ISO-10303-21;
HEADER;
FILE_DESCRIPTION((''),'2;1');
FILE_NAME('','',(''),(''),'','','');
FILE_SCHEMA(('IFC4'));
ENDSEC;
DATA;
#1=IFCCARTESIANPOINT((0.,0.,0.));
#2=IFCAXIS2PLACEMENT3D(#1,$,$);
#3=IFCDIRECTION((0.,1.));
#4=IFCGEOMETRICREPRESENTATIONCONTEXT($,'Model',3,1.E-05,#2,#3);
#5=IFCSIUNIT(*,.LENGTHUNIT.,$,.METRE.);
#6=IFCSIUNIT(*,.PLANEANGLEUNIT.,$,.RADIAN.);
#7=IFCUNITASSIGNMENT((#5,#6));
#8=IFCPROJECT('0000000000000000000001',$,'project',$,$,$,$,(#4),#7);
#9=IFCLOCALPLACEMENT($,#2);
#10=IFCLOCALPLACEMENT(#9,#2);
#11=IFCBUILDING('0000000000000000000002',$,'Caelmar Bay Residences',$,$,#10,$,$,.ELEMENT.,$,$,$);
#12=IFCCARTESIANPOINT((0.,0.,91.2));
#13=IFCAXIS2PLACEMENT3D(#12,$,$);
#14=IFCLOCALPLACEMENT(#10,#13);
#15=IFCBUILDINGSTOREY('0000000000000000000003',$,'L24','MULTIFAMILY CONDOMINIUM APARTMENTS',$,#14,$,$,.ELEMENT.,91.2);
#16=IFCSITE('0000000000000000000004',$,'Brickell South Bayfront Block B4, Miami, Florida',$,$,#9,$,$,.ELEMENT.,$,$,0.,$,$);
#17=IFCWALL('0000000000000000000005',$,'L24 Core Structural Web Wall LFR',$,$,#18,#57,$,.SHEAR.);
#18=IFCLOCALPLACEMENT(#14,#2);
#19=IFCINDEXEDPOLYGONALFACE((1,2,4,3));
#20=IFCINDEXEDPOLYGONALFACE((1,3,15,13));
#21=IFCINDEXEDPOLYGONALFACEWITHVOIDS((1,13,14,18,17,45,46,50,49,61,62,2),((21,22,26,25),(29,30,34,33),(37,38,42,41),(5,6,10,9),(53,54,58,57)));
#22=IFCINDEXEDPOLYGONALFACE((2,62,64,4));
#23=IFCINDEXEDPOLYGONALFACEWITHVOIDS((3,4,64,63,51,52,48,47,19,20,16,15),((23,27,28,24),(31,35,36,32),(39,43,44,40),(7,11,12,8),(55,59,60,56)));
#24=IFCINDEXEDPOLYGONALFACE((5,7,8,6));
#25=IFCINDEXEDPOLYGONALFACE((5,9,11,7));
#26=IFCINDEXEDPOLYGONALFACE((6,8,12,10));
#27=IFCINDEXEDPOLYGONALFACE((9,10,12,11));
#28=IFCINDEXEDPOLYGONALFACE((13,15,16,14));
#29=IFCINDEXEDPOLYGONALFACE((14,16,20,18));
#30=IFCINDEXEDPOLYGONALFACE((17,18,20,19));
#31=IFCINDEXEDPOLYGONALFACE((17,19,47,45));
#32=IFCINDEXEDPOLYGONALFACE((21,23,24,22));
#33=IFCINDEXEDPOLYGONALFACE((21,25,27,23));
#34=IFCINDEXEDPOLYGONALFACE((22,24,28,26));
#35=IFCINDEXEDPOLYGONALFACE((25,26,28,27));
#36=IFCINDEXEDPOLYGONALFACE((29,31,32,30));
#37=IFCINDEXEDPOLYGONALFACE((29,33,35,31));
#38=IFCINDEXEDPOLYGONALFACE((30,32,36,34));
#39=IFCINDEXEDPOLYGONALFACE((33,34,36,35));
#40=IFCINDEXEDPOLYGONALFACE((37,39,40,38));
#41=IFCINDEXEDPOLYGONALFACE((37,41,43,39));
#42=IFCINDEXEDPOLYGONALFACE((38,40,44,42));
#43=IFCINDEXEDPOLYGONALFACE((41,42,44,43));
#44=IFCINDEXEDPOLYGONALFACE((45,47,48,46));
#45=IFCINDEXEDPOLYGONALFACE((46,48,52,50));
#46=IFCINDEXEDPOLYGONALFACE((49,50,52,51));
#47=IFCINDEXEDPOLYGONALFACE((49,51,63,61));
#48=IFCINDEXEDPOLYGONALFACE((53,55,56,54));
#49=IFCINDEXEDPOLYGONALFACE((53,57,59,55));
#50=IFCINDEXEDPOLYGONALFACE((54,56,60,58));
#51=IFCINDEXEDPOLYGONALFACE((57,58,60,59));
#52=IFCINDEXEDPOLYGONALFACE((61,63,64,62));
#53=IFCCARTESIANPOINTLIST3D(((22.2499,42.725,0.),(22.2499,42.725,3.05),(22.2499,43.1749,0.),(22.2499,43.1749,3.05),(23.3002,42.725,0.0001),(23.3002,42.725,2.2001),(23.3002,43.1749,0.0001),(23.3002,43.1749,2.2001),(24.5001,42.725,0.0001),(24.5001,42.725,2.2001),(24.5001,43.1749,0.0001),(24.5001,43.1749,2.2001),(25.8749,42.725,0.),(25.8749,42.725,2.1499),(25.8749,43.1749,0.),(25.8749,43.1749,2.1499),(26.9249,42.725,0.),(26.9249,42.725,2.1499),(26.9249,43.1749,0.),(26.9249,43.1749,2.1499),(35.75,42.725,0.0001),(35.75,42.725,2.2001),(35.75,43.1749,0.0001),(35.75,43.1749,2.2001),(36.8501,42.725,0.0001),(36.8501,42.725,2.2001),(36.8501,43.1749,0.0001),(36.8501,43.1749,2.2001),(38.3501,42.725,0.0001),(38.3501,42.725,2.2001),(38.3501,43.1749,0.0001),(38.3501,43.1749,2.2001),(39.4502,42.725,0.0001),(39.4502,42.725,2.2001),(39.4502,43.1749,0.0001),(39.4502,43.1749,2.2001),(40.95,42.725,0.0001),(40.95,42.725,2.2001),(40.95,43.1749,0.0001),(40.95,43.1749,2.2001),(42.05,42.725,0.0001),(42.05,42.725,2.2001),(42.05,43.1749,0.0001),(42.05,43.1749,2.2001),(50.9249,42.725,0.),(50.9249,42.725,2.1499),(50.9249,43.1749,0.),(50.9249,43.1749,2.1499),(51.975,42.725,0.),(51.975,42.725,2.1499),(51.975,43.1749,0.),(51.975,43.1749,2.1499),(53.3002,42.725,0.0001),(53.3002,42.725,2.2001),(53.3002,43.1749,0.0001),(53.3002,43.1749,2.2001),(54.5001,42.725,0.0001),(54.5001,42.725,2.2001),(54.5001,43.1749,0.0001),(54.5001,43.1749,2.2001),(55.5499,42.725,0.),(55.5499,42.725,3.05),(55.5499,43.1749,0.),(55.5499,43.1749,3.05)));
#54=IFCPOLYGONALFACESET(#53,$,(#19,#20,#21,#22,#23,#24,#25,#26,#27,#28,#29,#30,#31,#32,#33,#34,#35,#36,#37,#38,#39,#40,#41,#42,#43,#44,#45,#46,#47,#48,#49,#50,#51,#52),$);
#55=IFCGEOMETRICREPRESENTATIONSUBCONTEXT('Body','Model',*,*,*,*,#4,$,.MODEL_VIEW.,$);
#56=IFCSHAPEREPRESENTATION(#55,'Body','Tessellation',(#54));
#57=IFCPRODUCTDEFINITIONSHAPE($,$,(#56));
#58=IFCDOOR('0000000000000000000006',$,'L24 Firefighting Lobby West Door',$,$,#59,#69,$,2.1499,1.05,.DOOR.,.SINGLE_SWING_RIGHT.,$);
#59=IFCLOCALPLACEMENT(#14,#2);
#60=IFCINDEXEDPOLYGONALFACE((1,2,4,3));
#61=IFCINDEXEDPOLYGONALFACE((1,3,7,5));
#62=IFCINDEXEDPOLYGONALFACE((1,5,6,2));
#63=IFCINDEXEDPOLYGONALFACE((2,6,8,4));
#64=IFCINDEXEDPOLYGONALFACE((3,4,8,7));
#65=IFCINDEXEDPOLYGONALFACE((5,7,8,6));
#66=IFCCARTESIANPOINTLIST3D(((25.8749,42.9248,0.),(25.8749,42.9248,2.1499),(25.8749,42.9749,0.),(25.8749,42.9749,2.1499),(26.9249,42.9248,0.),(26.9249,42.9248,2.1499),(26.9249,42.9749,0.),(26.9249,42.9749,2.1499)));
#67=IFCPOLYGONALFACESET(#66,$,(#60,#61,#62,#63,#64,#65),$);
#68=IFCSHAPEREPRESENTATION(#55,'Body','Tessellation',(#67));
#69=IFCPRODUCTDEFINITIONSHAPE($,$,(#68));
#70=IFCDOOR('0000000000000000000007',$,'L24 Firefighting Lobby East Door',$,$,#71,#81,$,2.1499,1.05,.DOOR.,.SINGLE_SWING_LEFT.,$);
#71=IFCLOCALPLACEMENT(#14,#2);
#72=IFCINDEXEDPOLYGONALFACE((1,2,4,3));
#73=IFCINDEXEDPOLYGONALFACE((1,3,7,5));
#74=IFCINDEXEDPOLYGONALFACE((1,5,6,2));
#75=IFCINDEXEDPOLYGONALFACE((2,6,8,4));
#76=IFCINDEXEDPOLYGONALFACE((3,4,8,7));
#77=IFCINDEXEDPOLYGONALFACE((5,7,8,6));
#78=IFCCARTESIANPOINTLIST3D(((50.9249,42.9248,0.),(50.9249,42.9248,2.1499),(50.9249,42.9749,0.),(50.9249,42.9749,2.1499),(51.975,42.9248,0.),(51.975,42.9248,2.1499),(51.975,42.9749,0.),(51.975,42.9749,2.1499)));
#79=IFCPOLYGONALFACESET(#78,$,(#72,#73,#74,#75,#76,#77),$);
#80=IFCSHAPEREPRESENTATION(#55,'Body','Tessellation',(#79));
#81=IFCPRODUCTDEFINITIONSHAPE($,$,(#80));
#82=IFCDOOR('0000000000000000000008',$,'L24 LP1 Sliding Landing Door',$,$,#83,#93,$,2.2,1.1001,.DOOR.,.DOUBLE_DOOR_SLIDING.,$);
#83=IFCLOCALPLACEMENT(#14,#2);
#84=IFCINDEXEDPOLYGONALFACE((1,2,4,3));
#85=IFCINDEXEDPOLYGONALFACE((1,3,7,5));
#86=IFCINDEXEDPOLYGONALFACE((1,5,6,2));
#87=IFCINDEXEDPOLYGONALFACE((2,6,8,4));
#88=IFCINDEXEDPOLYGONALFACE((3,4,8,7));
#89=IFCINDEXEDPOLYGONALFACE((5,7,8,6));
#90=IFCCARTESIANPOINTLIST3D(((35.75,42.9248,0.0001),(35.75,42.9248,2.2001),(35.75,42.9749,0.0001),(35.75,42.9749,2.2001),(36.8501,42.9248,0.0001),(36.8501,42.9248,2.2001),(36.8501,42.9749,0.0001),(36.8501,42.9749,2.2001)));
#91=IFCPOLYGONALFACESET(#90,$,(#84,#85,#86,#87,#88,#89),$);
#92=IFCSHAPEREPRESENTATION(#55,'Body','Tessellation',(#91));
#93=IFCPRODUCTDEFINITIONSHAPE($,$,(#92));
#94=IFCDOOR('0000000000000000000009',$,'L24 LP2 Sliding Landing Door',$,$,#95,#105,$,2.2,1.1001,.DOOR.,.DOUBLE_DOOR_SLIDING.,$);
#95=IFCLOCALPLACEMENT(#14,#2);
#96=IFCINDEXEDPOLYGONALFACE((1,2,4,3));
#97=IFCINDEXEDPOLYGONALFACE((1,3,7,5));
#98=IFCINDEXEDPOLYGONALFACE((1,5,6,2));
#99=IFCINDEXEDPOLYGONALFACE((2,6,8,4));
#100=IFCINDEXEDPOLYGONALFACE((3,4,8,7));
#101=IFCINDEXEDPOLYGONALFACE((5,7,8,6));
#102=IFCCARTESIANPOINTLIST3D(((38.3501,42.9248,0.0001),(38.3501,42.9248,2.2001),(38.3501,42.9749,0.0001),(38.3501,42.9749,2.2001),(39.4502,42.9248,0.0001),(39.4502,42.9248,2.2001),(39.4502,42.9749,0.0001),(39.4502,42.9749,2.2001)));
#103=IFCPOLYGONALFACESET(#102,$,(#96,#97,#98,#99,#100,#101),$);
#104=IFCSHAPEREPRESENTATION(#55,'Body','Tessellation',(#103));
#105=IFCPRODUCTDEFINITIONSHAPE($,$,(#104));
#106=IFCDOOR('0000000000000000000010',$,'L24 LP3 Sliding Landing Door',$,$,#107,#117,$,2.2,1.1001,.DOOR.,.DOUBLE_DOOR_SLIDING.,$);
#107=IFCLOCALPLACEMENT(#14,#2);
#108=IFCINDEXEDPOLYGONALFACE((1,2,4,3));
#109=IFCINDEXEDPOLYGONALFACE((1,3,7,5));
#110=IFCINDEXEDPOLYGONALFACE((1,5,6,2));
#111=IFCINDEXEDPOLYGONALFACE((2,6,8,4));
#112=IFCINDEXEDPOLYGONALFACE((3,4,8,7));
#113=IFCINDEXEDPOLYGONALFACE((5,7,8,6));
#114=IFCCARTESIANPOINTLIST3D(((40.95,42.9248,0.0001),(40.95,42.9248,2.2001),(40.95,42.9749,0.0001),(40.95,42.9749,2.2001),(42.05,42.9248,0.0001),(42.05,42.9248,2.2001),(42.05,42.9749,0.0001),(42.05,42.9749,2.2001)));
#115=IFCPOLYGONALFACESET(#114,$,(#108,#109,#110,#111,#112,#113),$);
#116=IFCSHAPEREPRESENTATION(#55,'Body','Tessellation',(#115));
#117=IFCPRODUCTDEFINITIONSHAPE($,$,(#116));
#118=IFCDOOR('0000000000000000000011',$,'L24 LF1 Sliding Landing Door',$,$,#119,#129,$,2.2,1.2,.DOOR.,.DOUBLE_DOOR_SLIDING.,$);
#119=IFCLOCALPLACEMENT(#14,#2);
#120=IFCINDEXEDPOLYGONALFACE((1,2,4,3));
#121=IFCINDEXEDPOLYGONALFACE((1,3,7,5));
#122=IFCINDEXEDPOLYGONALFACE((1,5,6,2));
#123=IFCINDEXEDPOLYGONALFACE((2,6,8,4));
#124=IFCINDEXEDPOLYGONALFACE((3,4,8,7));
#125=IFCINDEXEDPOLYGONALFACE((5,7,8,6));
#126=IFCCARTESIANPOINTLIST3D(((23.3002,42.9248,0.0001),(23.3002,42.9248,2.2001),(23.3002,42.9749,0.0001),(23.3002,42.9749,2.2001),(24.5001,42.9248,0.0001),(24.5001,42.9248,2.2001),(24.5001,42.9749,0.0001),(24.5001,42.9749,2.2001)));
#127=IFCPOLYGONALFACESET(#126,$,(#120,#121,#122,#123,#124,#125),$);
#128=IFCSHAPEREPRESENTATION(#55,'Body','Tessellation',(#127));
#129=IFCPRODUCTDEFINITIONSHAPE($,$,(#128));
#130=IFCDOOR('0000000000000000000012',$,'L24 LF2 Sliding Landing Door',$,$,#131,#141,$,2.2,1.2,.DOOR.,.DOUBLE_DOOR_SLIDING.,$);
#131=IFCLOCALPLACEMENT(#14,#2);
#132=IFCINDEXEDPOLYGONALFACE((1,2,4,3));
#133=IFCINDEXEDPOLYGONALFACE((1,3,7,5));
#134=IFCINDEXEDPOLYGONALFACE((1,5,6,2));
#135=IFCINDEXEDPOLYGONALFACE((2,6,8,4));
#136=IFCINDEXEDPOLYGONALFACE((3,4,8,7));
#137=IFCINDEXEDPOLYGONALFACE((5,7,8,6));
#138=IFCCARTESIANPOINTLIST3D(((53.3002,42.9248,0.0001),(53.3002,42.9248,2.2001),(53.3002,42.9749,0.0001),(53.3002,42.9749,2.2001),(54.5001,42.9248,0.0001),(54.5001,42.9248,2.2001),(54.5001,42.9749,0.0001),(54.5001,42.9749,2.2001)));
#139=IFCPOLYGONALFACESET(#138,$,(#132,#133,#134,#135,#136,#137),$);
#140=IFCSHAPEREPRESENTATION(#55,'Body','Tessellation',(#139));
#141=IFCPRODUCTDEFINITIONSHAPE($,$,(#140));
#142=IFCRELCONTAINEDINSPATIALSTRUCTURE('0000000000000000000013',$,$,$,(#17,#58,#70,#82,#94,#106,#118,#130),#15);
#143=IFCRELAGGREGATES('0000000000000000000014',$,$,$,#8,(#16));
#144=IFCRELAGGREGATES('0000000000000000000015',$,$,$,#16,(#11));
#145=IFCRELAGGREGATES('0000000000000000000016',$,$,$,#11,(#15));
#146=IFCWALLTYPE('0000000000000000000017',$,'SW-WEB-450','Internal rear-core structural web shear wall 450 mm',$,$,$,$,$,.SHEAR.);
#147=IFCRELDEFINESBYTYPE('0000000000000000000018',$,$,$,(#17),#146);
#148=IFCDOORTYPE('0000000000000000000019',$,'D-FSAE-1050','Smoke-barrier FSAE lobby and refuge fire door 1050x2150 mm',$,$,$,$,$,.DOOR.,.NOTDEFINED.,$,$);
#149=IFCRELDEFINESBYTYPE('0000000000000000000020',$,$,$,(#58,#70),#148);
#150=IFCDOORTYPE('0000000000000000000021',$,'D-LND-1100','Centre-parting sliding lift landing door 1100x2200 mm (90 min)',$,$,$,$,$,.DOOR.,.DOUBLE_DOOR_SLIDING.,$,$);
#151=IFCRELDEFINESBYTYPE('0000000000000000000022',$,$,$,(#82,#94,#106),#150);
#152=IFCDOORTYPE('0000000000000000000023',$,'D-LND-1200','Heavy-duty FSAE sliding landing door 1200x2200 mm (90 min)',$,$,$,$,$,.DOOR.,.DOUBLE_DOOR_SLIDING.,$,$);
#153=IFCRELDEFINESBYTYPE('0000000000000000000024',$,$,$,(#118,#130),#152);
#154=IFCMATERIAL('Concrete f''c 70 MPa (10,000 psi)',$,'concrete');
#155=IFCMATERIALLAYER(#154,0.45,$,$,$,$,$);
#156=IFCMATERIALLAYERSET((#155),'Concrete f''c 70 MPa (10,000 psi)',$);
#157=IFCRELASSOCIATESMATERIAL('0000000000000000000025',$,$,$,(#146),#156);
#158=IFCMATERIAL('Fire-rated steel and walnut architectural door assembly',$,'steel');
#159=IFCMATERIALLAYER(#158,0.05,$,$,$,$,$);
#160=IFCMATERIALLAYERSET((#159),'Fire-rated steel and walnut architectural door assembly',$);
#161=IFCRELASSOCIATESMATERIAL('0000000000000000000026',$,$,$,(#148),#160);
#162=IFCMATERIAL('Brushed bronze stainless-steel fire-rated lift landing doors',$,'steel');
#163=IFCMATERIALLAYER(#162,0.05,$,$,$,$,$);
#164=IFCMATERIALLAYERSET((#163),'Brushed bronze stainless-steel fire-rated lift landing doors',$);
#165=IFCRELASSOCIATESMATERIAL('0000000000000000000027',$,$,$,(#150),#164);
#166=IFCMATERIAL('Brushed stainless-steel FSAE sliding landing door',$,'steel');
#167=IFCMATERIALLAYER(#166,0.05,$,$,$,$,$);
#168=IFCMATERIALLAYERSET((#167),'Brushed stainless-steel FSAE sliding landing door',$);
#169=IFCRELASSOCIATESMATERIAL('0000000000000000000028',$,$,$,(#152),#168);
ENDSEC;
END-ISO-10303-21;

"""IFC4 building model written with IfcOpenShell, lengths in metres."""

from ifc_helpers import new_model, si_unit, direction, frame, frame_2d, origin, place, context, subcontext, project, spatial, rectangle, extrude, material, layer, layer_set, type_object, element, fill, save


model = new_model("IFC4")

# Units and contexts
model_context = context("Model", 3, precision=1e-05, world=origin(), true_north=direction((0.0, 1.0)))
body_context = subcontext(model_context, "Body", "Model", "MODEL_VIEW")
ifc_project = project(units=[si_unit("LENGTHUNIT", "METRE"), si_unit("PLANEANGLEUNIT", "RADIAN")], contexts=[model_context])

# Site, building, storey
site_placement = place(None, origin())
site = spatial("IfcSite", under=ifc_project, at=site_placement, Name="Brickell South Bayfront Block B4, Miami, Florida", CompositionType="ELEMENT", RefElevation=0.0)
building_placement = place(site_placement, origin())
building = spatial("IfcBuilding", under=site, at=building_placement, Name="Caelmar Bay Residences", CompositionType="ELEMENT")
storey_placement = place(building_placement, frame((0.0, 0.0, 91.2)))
storey = spatial("IfcBuildingStorey", under=building, at=storey_placement, Name="L24", Description="MULTIFAMILY CONDOMINIUM APARTMENTS", CompositionType="ELEMENT", Elevation=91.2)

# Shared definitions
ifc_material_1 = material(Name="Concrete f'c 70 MPa (10,000 psi)", Category="concrete")
ifc_layer_1 = layer(ifc_material_1, 0.45)
ifc_layer_set_1 = layer_set([ifc_layer_1], Name="Concrete f'c 70 MPa (10,000 psi)")
wall_type_1 = type_object("IfcWallType", Name="SW-WEB-450", Description="Internal rear-core structural web shear wall 450 mm", PredefinedType="SHEAR", material=ifc_layer_set_1)

# Wall, openings, doors
wall_1_placement = place(storey_placement, frame((22.25, 42.95, 0.0), z_axis=(0.0, 0.0, 1.0), x_axis=(1.0, 0.0, 0.0)))
wall_1 = element("IfcWall", 1, at=wall_1_placement, inside=storey, type_object=wall_type_1, Name="L24 Core Structural Web Wall LFR", PredefinedType="SHEAR", context=body_context, shape_type="SweptSolid", body=[
    extrude(rectangle(XDim=33.3, YDim=0.45, at=frame_2d((16.6499, 0.0))), origin(), (0.0, 0.0, 1.0), 3.05),
])
opening_1_placement = place(wall_1_placement, frame((1.05, 0.0, 0.0)))
opening_1 = element("IfcOpeningElement", 2, at=opening_1_placement, cuts=wall_1, PredefinedType="OPENING", context=body_context, shape_type="SweptSolid", body=[
    extrude(rectangle(XDim=1.2, YDim=2.2, at=frame_2d((0.6001, 1.1001))), frame((0.0, 0.2349, 0.0), z_axis=(0.0, -1.0, 0.0), x_axis=(1.0, 0.0, 0.0)), (0.0, 0.0, 1.0), 0.47),
])
opening_2_placement = place(wall_1_placement, frame((31.05, 0.0, 0.0)))
opening_2 = element("IfcOpeningElement", 3, at=opening_2_placement, cuts=wall_1, PredefinedType="OPENING", context=body_context, shape_type="SweptSolid", body=[
    extrude(rectangle(XDim=1.2, YDim=2.2, at=frame_2d((0.6001, 1.1001))), frame((0.0, 0.2349, 0.0), z_axis=(0.0, -1.0, 0.0), x_axis=(1.0, 0.0, 0.0)), (0.0, 0.0, 1.0), 0.47),
])
opening_3_placement = place(wall_1_placement, frame((13.5, 0.0, 0.0)))
opening_3 = element("IfcOpeningElement", 4, at=opening_3_placement, cuts=wall_1, PredefinedType="OPENING", context=body_context, shape_type="SweptSolid", body=[
    extrude(rectangle(XDim=1.1001, YDim=2.2, at=frame_2d((0.55, 1.1001))), frame((0.0, 0.2349, 0.0), z_axis=(0.0, -1.0, 0.0), x_axis=(1.0, 0.0, 0.0)), (0.0, 0.0, 1.0), 0.47),
])
opening_4_placement = place(wall_1_placement, frame((16.1001, 0.0, 0.0)))
opening_4 = element("IfcOpeningElement", 5, at=opening_4_placement, cuts=wall_1, PredefinedType="OPENING", context=body_context, shape_type="SweptSolid", body=[
    extrude(rectangle(XDim=1.1001, YDim=2.2, at=frame_2d((0.55, 1.1001))), frame((0.0, 0.2349, 0.0), z_axis=(0.0, -1.0, 0.0), x_axis=(1.0, 0.0, 0.0)), (0.0, 0.0, 1.0), 0.47),
])
opening_5_placement = place(wall_1_placement, frame((18.7, 0.0, 0.0)))
opening_5 = element("IfcOpeningElement", 6, at=opening_5_placement, cuts=wall_1, PredefinedType="OPENING", context=body_context, shape_type="SweptSolid", body=[
    extrude(rectangle(XDim=1.1001, YDim=2.2, at=frame_2d((0.55, 1.1001))), frame((0.0, 0.2349, 0.0), z_axis=(0.0, -1.0, 0.0), x_axis=(1.0, 0.0, 0.0)), (0.0, 0.0, 1.0), 0.47),
])
opening_6_placement = place(wall_1_placement, frame((3.625, 0.0, 0.0)))
opening_6 = element("IfcOpeningElement", 7, at=opening_6_placement, cuts=wall_1, PredefinedType="OPENING", context=body_context, shape_type="SweptSolid", body=[
    extrude(rectangle(XDim=1.05, YDim=2.1499, at=frame_2d((0.5249, 1.075))), frame((0.0, 0.2349, 0.0), z_axis=(0.0, -1.0, 0.0), x_axis=(1.0, 0.0, 0.0)), (0.0, 0.0, 1.0), 0.47),
])
opening_7_placement = place(wall_1_placement, frame((28.675, 0.0, 0.0)))
opening_7 = element("IfcOpeningElement", 8, at=opening_7_placement, cuts=wall_1, PredefinedType="OPENING", context=body_context, shape_type="SweptSolid", body=[
    extrude(rectangle(XDim=1.05, YDim=2.1499, at=frame_2d((0.5249, 1.075))), frame((0.0, 0.2349, 0.0), z_axis=(0.0, -1.0, 0.0), x_axis=(1.0, 0.0, 0.0)), (0.0, 0.0, 1.0), 0.47),
])
ifc_material_2 = material(Name="Fire-rated steel and walnut architectural door assembly", Category="steel")
ifc_layer_2 = layer(ifc_material_2, 0.05)
ifc_layer_set_2 = layer_set([ifc_layer_2], Name="Fire-rated steel and walnut architectural door assembly")
door_type_1 = type_object("IfcDoorType", Name="D-FSAE-1050", Description="Smoke-barrier FSAE lobby and refuge fire door 1050x2150 mm", OperationType="NOTDEFINED", PredefinedType="DOOR", material=ifc_layer_set_2)
door_1_placement = place(opening_6_placement, origin())
door_1 = element("IfcDoor", 9, at=door_1_placement, inside=storey, type_object=door_type_1, Name="L24 Firefighting Lobby West Door", OperationType="SINGLE_SWING_RIGHT", OverallHeight=2.1499, OverallWidth=1.05, PredefinedType="DOOR", context=body_context, shape_type="SweptSolid", body=[
    extrude(rectangle(XDim=1.05, YDim=2.1499, at=frame_2d((0.5249, 1.075))), frame((0.0, 0.0249, 0.0), z_axis=(0.0, -1.0, 0.0), x_axis=(1.0, 0.0, 0.0)), (0.0, 0.0, 1.0), 0.05),
])
fill(opening_6, door_1)
door_2_placement = place(opening_7_placement, origin())
door_2 = element("IfcDoor", 10, at=door_2_placement, inside=storey, type_object=door_type_1, Name="L24 Firefighting Lobby East Door", OperationType="SINGLE_SWING_LEFT", OverallHeight=2.1499, OverallWidth=1.05, PredefinedType="DOOR", context=body_context, shape_type="SweptSolid", body=[
    extrude(rectangle(XDim=1.05, YDim=2.1499, at=frame_2d((0.5249, 1.075))), frame((0.0, 0.0249, 0.0), z_axis=(0.0, -1.0, 0.0), x_axis=(1.0, 0.0, 0.0)), (0.0, 0.0, 1.0), 0.05),
])
fill(opening_7, door_2)
ifc_material_3 = material(Name="Brushed bronze stainless-steel fire-rated lift landing doors", Category="steel")
ifc_layer_3 = layer(ifc_material_3, 0.05)
ifc_layer_set_3 = layer_set([ifc_layer_3], Name="Brushed bronze stainless-steel fire-rated lift landing doors")
door_type_2 = type_object("IfcDoorType", Name="D-LND-1100", Description="Centre-parting sliding lift landing door 1100x2200 mm (90 min)", OperationType="DOUBLE_DOOR_SLIDING", PredefinedType="DOOR", material=ifc_layer_set_3)
door_3_placement = place(opening_3_placement, origin())
door_3 = element("IfcDoor", 11, at=door_3_placement, inside=storey, type_object=door_type_2, Name="L24 LP1 Sliding Landing Door", OperationType="DOUBLE_DOOR_SLIDING", OverallHeight=2.2, OverallWidth=1.1001, PredefinedType="DOOR", context=body_context, shape_type="SweptSolid", body=[
    extrude(rectangle(XDim=1.1001, YDim=2.2, at=frame_2d((0.55, 1.1001))), frame((0.0, 0.0249, 0.0), z_axis=(0.0, -1.0, 0.0), x_axis=(1.0, 0.0, 0.0)), (0.0, 0.0, 1.0), 0.05),
])
fill(opening_3, door_3)
door_4_placement = place(opening_4_placement, origin())
door_4 = element("IfcDoor", 12, at=door_4_placement, inside=storey, type_object=door_type_2, Name="L24 LP2 Sliding Landing Door", OperationType="DOUBLE_DOOR_SLIDING", OverallHeight=2.2, OverallWidth=1.1001, PredefinedType="DOOR", context=body_context, shape_type="SweptSolid", body=[
    extrude(rectangle(XDim=1.1001, YDim=2.2, at=frame_2d((0.55, 1.1001))), frame((0.0, 0.0249, 0.0), z_axis=(0.0, -1.0, 0.0), x_axis=(1.0, 0.0, 0.0)), (0.0, 0.0, 1.0), 0.05),
])
fill(opening_4, door_4)
door_5_placement = place(opening_5_placement, origin())
door_5 = element("IfcDoor", 13, at=door_5_placement, inside=storey, type_object=door_type_2, Name="L24 LP3 Sliding Landing Door", OperationType="DOUBLE_DOOR_SLIDING", OverallHeight=2.2, OverallWidth=1.1001, PredefinedType="DOOR", context=body_context, shape_type="SweptSolid", body=[
    extrude(rectangle(XDim=1.1001, YDim=2.2, at=frame_2d((0.55, 1.1001))), frame((0.0, 0.0249, 0.0), z_axis=(0.0, -1.0, 0.0), x_axis=(1.0, 0.0, 0.0)), (0.0, 0.0, 1.0), 0.05),
])
fill(opening_5, door_5)
ifc_material_4 = material(Name="Brushed stainless-steel FSAE sliding landing door", Category="steel")
ifc_layer_4 = layer(ifc_material_4, 0.05)
ifc_layer_set_4 = layer_set([ifc_layer_4], Name="Brushed stainless-steel FSAE sliding landing door")
door_type_3 = type_object("IfcDoorType", Name="D-LND-1200", Description="Heavy-duty FSAE sliding landing door 1200x2200 mm (90 min)", OperationType="DOUBLE_DOOR_SLIDING", PredefinedType="DOOR", material=ifc_layer_set_4)
door_6_placement = place(opening_1_placement, origin())
door_6 = element("IfcDoor", 14, at=door_6_placement, inside=storey, type_object=door_type_3, Name="L24 LF1 Sliding Landing Door", OperationType="DOUBLE_DOOR_SLIDING", OverallHeight=2.2, OverallWidth=1.2, PredefinedType="DOOR", context=body_context, shape_type="SweptSolid", body=[
    extrude(rectangle(XDim=1.2, YDim=2.2, at=frame_2d((0.6001, 1.1001))), frame((0.0, 0.0249, 0.0), z_axis=(0.0, -1.0, 0.0), x_axis=(1.0, 0.0, 0.0)), (0.0, 0.0, 1.0), 0.05),
])
fill(opening_1, door_6)
door_7_placement = place(opening_2_placement, origin())
door_7 = element("IfcDoor", 15, at=door_7_placement, inside=storey, type_object=door_type_3, Name="L24 LF2 Sliding Landing Door", OperationType="DOUBLE_DOOR_SLIDING", OverallHeight=2.2, OverallWidth=1.2, PredefinedType="DOOR", context=body_context, shape_type="SweptSolid", body=[
    extrude(rectangle(XDim=1.2, YDim=2.2, at=frame_2d((0.6001, 1.1001))), frame((0.0, 0.0249, 0.0), z_axis=(0.0, -1.0, 0.0), x_axis=(1.0, 0.0, 0.0)), (0.0, 0.0, 1.0), 0.05),
])
fill(opening_2, door_7)

save(model, "model.ifc")
